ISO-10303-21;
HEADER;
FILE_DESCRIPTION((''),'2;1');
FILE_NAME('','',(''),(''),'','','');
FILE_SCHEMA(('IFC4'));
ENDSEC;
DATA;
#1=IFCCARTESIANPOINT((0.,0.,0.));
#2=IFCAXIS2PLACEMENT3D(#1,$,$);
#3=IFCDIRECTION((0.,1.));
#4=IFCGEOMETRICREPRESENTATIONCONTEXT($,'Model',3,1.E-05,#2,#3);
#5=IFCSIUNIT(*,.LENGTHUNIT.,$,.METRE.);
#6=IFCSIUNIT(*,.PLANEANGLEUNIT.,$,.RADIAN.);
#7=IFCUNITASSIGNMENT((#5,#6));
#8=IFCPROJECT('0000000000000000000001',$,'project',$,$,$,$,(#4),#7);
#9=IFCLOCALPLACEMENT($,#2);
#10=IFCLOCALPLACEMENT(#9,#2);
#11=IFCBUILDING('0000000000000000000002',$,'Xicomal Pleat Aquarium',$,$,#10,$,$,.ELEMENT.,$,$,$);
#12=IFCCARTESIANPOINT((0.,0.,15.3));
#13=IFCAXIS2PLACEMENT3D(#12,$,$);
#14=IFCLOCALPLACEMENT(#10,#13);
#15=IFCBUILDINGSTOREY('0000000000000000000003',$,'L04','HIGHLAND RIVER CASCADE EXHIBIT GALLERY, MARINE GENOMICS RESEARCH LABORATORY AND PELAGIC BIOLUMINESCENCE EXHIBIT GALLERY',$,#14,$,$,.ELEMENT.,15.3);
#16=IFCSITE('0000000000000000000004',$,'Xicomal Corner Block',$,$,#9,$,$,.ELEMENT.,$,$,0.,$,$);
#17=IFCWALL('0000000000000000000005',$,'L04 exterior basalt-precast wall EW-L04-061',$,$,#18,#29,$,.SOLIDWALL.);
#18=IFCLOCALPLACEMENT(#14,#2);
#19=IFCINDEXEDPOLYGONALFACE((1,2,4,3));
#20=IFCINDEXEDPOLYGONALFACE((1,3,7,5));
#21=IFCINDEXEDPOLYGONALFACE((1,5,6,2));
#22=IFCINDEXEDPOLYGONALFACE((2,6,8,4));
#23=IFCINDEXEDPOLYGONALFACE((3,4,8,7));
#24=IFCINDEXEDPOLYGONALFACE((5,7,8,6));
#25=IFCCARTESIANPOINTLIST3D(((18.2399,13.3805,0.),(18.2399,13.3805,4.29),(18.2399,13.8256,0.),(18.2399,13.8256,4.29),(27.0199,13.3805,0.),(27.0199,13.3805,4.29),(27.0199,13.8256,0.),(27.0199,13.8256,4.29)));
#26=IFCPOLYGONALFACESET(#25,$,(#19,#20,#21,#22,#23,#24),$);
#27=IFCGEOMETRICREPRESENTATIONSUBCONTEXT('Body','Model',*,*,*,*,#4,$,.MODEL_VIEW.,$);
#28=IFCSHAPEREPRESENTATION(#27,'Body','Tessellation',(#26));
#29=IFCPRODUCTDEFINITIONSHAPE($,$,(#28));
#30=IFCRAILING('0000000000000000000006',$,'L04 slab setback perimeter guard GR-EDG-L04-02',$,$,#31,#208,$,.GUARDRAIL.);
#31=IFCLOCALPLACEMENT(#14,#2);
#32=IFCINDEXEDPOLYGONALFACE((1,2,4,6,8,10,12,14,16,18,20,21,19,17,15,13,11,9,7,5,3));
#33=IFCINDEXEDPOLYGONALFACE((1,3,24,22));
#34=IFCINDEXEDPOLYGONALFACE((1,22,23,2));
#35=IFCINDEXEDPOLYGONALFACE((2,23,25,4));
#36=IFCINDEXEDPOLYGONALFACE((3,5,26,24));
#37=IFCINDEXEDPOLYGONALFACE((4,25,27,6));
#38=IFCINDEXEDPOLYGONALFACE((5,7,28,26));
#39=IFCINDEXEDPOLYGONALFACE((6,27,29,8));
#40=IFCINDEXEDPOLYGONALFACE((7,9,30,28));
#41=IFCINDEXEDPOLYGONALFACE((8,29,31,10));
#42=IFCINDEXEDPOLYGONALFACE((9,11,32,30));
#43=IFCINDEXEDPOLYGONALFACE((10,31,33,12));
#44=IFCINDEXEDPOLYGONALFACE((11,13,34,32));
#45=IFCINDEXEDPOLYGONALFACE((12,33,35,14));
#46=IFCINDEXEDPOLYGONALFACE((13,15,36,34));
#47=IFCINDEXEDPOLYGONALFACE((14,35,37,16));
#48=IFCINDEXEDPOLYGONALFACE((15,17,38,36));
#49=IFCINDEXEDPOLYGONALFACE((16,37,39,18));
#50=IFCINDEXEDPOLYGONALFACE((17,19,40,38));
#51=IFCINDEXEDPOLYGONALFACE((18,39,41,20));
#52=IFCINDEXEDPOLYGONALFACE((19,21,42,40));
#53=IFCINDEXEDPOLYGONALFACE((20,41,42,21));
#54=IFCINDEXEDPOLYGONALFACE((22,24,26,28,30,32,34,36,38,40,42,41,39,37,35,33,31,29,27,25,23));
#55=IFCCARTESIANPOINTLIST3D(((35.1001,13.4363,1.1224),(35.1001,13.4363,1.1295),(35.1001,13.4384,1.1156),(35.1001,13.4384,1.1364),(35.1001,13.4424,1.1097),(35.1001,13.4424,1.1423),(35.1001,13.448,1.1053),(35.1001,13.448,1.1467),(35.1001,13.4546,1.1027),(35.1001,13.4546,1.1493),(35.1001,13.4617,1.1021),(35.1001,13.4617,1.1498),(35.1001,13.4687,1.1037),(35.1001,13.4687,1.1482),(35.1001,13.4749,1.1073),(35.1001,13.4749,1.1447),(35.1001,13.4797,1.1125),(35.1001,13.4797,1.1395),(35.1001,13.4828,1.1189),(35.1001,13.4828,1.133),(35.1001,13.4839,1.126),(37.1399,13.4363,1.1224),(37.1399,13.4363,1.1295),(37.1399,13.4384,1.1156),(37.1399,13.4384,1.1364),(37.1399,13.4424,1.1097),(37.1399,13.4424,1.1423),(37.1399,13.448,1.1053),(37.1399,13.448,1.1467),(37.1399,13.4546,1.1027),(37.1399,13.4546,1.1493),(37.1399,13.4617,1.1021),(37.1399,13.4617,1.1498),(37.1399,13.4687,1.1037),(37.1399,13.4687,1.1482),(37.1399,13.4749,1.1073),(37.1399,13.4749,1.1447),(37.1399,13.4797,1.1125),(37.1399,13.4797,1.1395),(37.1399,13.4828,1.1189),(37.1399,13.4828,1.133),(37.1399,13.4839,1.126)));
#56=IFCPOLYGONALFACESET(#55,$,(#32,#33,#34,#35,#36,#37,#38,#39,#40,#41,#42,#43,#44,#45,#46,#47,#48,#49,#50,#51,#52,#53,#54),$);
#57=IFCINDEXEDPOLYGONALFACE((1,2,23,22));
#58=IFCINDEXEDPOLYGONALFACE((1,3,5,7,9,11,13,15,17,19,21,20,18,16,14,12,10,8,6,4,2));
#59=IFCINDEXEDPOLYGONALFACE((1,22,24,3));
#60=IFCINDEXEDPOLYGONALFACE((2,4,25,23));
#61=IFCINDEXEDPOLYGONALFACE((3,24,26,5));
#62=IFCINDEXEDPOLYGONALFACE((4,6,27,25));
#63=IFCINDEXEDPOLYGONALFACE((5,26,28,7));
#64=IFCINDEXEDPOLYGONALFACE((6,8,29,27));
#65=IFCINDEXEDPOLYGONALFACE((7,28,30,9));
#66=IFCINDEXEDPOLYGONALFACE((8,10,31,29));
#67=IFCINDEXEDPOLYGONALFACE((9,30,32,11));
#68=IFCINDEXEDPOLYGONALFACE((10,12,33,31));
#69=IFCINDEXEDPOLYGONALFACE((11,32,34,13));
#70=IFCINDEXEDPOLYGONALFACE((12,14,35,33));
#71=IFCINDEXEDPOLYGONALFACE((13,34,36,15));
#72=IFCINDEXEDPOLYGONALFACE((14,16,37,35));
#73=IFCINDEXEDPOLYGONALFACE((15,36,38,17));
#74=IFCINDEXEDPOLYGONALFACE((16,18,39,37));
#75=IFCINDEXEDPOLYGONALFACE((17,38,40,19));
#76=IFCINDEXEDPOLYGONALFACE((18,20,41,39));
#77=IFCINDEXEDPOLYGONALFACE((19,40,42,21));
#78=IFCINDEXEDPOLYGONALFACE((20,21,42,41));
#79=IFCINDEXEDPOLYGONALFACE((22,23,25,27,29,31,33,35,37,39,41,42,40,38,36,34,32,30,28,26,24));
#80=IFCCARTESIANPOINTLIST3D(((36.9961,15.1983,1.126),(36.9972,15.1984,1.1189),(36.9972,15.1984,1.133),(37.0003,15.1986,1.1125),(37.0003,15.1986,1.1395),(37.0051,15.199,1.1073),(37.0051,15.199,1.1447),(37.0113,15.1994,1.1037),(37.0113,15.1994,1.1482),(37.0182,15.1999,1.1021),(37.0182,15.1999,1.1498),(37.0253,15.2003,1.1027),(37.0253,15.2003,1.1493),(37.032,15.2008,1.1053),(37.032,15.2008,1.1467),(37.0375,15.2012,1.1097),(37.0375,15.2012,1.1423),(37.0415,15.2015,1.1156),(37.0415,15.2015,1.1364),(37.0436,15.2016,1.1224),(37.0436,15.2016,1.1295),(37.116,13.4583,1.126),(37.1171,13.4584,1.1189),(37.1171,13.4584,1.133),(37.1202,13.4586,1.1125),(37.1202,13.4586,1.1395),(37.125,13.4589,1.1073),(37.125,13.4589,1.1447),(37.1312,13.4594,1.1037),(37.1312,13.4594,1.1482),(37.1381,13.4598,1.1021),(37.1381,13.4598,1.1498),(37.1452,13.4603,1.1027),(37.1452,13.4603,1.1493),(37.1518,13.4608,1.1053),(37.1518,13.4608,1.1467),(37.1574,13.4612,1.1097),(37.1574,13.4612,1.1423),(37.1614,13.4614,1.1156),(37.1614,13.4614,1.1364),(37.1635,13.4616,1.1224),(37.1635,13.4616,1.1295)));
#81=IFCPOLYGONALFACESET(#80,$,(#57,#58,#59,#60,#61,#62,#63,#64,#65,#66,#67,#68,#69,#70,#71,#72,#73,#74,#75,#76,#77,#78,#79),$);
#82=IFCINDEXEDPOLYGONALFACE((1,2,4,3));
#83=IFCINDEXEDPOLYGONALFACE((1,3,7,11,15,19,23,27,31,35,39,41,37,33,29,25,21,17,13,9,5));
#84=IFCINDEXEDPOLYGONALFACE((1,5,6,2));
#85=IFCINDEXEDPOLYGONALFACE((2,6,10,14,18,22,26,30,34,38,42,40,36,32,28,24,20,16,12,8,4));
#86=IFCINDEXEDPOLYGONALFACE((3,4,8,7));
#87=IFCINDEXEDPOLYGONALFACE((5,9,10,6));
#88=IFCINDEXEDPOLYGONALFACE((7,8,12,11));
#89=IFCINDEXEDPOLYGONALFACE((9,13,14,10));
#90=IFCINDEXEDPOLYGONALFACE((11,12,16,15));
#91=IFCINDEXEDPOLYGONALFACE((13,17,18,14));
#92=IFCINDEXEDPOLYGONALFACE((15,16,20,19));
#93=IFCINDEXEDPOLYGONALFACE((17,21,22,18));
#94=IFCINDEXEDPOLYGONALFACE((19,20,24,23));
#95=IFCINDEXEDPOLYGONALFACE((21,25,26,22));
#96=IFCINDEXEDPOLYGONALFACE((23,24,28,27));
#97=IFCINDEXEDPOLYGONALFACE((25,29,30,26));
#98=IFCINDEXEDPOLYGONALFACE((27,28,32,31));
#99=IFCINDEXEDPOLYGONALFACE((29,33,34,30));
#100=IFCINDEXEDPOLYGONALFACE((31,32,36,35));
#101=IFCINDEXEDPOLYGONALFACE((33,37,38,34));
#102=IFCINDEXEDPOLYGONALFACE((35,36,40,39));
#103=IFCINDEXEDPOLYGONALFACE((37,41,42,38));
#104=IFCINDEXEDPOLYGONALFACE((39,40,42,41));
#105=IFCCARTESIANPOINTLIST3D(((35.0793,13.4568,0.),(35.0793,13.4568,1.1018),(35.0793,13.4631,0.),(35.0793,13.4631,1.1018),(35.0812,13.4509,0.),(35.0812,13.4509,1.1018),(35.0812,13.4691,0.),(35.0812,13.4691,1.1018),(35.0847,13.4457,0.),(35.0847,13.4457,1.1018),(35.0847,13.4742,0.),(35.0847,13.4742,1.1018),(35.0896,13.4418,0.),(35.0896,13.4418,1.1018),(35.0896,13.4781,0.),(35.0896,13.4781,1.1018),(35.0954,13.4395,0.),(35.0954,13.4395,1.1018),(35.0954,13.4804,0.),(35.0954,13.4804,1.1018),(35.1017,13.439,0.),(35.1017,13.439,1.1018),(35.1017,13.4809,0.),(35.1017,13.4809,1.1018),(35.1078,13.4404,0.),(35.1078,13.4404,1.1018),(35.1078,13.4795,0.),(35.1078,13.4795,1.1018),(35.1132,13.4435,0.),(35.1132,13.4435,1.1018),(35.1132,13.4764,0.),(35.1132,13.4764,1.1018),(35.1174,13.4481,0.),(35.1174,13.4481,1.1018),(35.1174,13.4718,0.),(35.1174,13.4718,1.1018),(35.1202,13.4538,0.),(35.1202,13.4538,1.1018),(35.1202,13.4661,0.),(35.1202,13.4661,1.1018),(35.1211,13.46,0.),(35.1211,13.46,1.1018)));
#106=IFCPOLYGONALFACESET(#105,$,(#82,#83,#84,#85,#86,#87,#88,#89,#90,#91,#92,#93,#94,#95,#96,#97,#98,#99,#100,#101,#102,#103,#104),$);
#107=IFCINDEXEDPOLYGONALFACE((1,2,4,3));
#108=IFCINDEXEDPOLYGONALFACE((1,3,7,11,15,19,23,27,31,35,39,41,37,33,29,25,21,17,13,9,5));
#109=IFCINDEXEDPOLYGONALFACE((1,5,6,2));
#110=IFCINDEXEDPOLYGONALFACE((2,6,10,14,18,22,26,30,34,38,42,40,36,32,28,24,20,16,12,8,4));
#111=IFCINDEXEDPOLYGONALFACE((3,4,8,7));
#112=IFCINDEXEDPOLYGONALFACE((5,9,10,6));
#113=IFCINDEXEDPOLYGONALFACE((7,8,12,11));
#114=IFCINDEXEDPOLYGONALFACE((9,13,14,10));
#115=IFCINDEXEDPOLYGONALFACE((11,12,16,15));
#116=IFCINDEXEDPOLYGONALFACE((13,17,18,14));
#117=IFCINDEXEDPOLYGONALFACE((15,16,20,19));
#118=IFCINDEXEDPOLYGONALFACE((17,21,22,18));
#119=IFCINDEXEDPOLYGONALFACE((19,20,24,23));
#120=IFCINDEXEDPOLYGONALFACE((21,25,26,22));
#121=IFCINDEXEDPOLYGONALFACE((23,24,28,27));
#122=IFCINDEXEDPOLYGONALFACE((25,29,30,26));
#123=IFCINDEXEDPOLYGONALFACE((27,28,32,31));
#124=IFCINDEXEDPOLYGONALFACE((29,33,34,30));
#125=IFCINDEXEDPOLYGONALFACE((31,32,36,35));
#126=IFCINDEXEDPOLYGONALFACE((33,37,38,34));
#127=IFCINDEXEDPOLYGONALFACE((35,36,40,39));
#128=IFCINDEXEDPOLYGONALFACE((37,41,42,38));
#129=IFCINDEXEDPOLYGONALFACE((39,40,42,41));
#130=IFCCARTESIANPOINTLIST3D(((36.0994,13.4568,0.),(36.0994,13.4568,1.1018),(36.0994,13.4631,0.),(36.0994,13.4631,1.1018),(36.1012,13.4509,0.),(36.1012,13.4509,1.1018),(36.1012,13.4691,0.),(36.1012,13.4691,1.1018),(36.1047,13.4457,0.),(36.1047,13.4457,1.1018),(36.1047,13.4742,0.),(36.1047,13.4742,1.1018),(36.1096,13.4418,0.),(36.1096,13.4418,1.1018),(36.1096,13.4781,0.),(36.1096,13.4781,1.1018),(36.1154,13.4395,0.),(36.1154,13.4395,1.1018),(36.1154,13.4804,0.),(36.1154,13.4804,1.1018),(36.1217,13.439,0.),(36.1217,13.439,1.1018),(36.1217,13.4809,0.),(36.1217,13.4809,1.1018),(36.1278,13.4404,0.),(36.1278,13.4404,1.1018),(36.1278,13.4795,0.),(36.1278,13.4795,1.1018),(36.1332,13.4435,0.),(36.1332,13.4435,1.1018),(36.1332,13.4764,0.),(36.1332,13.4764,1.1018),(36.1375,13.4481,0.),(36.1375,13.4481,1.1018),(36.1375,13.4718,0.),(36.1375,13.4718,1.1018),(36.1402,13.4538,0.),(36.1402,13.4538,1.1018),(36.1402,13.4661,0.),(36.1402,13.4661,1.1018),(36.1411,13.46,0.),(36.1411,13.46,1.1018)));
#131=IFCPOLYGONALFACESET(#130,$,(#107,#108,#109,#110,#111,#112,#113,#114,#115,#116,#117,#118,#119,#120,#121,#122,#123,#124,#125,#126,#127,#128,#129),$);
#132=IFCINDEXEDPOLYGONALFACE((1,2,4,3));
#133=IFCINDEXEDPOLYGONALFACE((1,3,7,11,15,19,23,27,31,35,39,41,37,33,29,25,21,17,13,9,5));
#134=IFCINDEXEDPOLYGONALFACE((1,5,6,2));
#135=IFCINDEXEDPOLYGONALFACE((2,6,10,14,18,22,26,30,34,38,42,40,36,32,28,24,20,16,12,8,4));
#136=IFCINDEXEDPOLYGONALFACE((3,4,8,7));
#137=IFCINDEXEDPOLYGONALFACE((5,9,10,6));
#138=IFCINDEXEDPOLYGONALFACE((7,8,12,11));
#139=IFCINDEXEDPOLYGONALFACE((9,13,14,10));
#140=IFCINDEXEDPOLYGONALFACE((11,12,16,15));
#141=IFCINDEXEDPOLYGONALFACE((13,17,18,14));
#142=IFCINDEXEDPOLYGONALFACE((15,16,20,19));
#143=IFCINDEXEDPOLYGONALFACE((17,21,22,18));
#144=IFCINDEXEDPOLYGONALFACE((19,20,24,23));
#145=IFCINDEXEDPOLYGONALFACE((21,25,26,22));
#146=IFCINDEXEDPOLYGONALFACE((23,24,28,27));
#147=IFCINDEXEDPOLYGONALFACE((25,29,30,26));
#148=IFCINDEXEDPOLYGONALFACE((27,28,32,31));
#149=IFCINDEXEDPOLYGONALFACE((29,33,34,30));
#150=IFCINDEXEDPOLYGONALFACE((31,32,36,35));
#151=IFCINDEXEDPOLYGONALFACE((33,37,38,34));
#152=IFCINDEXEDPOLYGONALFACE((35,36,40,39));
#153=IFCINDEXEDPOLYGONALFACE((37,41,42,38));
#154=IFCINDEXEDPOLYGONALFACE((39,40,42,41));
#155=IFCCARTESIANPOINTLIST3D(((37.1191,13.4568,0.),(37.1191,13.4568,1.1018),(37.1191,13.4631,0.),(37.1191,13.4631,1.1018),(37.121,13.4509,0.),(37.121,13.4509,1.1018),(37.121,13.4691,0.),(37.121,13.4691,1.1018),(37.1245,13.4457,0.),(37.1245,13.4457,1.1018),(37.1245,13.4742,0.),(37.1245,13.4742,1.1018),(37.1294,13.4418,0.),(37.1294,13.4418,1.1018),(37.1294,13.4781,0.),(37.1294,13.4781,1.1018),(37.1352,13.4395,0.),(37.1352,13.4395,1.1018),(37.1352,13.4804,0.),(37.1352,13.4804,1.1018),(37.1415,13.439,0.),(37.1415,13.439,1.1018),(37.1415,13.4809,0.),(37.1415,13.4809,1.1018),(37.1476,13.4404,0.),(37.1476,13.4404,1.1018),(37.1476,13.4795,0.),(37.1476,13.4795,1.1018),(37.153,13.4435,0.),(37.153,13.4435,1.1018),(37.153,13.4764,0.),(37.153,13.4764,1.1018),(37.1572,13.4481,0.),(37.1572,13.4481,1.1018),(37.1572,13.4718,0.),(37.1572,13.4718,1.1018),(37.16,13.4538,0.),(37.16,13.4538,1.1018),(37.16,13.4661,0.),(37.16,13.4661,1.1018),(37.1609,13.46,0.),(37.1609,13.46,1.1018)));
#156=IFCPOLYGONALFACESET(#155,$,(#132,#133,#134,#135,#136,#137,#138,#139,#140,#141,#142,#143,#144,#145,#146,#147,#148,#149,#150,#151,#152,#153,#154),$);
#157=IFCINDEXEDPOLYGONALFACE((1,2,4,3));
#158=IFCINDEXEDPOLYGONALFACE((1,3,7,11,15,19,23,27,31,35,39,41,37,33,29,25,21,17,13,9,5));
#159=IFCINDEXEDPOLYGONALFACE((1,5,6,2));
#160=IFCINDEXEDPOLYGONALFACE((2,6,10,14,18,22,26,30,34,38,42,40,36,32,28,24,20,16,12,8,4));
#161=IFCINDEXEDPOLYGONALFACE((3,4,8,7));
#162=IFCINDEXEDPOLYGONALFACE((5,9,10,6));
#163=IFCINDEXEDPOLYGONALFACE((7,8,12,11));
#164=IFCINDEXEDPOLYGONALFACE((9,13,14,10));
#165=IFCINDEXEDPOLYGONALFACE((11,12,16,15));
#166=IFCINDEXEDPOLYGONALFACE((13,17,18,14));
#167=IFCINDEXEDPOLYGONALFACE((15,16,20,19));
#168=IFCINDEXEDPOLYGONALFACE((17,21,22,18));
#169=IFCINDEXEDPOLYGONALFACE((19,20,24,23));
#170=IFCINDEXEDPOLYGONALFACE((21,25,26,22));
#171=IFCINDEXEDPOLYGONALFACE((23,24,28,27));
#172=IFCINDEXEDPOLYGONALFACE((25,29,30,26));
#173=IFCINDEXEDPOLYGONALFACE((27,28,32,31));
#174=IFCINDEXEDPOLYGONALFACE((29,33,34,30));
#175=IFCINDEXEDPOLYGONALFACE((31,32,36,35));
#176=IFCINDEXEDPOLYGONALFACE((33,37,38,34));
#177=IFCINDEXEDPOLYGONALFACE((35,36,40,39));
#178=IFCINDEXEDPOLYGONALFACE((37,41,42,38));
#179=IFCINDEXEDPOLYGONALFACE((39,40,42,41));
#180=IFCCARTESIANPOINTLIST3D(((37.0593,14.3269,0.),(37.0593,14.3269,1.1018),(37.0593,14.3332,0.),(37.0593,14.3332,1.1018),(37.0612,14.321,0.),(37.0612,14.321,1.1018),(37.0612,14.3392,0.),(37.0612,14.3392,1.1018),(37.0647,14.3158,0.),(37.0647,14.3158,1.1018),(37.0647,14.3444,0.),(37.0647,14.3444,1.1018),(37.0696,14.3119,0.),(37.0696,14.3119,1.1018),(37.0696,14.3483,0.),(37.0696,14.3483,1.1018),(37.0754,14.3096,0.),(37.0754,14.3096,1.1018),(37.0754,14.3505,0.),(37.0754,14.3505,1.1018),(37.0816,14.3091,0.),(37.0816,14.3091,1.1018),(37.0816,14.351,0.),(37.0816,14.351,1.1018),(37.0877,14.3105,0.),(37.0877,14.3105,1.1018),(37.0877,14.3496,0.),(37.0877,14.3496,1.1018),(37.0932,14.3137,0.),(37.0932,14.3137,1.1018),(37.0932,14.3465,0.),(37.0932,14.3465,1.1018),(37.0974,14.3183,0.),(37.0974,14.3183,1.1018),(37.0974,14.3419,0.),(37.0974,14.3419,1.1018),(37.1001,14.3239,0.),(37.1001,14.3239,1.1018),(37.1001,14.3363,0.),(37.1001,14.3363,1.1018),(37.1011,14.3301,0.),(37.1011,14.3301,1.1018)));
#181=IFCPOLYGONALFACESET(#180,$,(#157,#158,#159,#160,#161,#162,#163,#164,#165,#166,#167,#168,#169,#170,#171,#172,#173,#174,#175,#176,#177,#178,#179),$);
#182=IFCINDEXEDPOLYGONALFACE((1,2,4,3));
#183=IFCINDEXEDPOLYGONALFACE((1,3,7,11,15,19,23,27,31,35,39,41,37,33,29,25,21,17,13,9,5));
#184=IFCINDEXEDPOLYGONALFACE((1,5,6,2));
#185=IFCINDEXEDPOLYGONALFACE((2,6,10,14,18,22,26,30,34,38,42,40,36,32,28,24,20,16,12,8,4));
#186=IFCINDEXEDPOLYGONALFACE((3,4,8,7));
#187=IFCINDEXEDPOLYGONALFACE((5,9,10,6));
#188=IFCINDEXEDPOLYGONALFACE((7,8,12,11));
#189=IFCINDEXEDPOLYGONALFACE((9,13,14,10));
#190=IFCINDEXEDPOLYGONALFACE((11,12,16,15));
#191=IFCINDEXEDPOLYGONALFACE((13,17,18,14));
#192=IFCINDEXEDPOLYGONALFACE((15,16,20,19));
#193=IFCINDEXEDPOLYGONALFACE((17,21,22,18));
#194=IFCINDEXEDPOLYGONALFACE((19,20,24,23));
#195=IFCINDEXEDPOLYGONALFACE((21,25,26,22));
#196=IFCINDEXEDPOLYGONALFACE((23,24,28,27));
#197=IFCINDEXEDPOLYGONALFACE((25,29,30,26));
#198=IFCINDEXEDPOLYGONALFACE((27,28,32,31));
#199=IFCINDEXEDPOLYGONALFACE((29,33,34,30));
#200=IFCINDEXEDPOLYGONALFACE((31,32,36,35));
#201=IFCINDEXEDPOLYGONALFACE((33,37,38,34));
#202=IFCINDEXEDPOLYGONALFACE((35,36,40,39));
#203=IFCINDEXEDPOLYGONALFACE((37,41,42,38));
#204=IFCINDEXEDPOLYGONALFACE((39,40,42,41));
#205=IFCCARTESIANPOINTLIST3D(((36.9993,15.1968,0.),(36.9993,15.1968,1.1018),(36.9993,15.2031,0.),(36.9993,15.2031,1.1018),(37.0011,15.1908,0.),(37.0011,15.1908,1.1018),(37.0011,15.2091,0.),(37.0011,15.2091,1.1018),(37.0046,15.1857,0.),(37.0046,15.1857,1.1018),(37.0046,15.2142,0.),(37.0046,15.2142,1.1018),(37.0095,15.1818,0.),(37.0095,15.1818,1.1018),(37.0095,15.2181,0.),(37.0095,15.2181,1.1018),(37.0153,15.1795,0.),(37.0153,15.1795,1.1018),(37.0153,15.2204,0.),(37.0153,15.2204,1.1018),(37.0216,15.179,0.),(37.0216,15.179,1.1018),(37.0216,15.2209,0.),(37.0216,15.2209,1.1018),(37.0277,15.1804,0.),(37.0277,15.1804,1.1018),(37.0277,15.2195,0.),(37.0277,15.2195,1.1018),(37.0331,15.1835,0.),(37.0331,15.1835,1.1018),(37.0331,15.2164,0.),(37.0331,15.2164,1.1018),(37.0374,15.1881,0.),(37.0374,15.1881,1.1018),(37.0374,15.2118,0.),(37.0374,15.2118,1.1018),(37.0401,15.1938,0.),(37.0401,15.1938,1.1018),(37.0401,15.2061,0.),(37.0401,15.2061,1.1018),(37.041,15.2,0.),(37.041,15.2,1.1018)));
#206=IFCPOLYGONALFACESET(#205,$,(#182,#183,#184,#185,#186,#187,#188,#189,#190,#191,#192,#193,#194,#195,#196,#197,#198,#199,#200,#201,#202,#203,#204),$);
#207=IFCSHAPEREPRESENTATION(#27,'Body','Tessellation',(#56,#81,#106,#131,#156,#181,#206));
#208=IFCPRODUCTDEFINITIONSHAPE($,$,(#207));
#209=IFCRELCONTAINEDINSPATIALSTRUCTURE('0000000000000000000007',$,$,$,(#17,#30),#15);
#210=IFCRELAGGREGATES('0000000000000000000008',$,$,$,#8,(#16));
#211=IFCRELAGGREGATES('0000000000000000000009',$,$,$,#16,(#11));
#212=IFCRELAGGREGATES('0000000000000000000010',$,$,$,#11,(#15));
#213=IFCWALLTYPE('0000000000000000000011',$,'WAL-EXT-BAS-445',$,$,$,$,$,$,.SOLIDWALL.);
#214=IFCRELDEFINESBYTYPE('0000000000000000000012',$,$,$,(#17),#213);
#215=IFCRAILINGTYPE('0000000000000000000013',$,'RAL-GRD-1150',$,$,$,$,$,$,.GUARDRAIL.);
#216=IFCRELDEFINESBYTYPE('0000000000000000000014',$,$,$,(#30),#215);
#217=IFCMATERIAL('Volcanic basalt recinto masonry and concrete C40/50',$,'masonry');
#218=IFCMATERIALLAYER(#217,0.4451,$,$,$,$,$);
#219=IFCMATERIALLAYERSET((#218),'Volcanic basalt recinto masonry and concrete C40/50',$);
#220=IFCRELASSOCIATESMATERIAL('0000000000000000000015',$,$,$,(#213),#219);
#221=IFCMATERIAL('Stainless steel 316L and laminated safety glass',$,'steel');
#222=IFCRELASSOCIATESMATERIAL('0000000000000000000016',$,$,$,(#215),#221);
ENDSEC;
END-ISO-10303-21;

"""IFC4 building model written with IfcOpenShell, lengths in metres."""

from ifc_helpers import new_model, si_unit, direction, frame, frame_2d, origin, origin_2d, place, context, subcontext, project, spatial, rectangle, circle, extrude, material, layer, layer_set, type_object, element, save


model = new_model("IFC4")

# Units and contexts
model_context = context("Model", 3, precision=1e-05, world=origin(), true_north=direction((0.0, 1.0)))
body_context = subcontext(model_context, "Body", "Model", "MODEL_VIEW")
ifc_project = project(units=[si_unit("LENGTHUNIT", "METRE"), si_unit("PLANEANGLEUNIT", "RADIAN")], contexts=[model_context])

# Site, building, storey
site_placement = place(None, origin())
site = spatial("IfcSite", under=ifc_project, at=site_placement, Name="Xicomal Corner Block", CompositionType="ELEMENT", RefElevation=0.0)
building_placement = place(site_placement, origin())
building = spatial("IfcBuilding", under=site, at=building_placement, Name="Xicomal Pleat Aquarium", CompositionType="ELEMENT")
storey_placement = place(building_placement, frame((0.0, 0.0, 15.3)))
storey = spatial("IfcBuildingStorey", under=building, at=storey_placement, Name="L04", Description="HIGHLAND RIVER CASCADE EXHIBIT GALLERY, MARINE GENOMICS RESEARCH LABORATORY AND PELAGIC BIOLUMINESCENCE EXHIBIT GALLERY", CompositionType="ELEMENT", Elevation=15.3)

# Wall
ifc_material_1 = material(Name="Volcanic basalt recinto masonry and concrete C40/50", Category="masonry")
ifc_layer_1 = layer(ifc_material_1, 0.4451)
ifc_layer_set_1 = layer_set([ifc_layer_1], Name="Volcanic basalt recinto masonry and concrete C40/50")
wall_type = type_object("IfcWallType", Name="WAL-EXT-BAS-445", PredefinedType="SOLIDWALL", material=ifc_layer_set_1)
wall_placement = place(storey_placement, frame((27.02, 13.603, 0.0), z_axis=(0.0, 0.0, 1.0), x_axis=(-1.0, 0.0, 0.0)))
element("IfcWall", 1, at=wall_placement, inside=storey, type_object=wall_type, Name="L04 exterior basalt-precast wall EW-L04-061", PredefinedType="SOLIDWALL", context=body_context, shape_type="SweptSolid", body=[
    extrude(rectangle(XDim=8.78, YDim=0.4451, at=frame_2d((4.3901, 0.0))), origin(), (0.0, 0.0, 1.0), 4.29),
])

# Railing
ifc_material_2 = material(Name="Stainless steel 316L and laminated safety glass", Category="steel")
railing_type = type_object("IfcRailingType", Name="RAL-GRD-1150", PredefinedType="GUARDRAIL", material=ifc_material_2)
railing_placement = place(storey_placement, frame((35.1001, 13.46, 0.0)))
element("IfcRailing", 2, at=railing_placement, inside=storey, type_object=railing_type, Name="L04 slab setback perimeter guard GR-EDG-L04-02", PredefinedType="GUARDRAIL", context=body_context, shape_type="SweptSolid", body=[
    extrude(circle(Radius=0.0239, at=origin_2d()), frame((0.0, 0.0, 1.126), z_axis=(1.0, 0.0, 0.0), x_axis=(0.0, 1.0, 0.0)), (0.0, 0.0, 1.0), 2.0398),
    extrude(circle(Radius=0.0239, at=origin_2d()), frame((2.0398, 0.0, 1.126), z_axis=(-0.06873, 0.997635, 0.0), x_axis=(-0.997635, -0.06873, 0.0)), (0.0, 0.0, 1.0), 1.7441),
    extrude(circle(Radius=0.021, at=origin_2d()), origin(), (0.0, 0.0, 1.0), 1.1018),
    extrude(circle(Radius=0.021, at=origin_2d()), frame((1.02, 0.0, 0.0)), (0.0, 0.0, 1.0), 1.1018),
    extrude(circle(Radius=0.021, at=origin_2d()), frame((2.0398, 0.0, 0.0)), (0.0, 0.0, 1.0), 1.1018),
    extrude(circle(Radius=0.021, at=origin_2d()), frame((1.98, 0.8701, 0.0)), (0.0, 0.0, 1.0), 1.1018),
    extrude(circle(Radius=0.021, at=origin_2d()), frame((1.9199, 1.74, 0.0)), (0.0, 0.0, 1.0), 1.1018),
])

save(model, "model.ifc")
